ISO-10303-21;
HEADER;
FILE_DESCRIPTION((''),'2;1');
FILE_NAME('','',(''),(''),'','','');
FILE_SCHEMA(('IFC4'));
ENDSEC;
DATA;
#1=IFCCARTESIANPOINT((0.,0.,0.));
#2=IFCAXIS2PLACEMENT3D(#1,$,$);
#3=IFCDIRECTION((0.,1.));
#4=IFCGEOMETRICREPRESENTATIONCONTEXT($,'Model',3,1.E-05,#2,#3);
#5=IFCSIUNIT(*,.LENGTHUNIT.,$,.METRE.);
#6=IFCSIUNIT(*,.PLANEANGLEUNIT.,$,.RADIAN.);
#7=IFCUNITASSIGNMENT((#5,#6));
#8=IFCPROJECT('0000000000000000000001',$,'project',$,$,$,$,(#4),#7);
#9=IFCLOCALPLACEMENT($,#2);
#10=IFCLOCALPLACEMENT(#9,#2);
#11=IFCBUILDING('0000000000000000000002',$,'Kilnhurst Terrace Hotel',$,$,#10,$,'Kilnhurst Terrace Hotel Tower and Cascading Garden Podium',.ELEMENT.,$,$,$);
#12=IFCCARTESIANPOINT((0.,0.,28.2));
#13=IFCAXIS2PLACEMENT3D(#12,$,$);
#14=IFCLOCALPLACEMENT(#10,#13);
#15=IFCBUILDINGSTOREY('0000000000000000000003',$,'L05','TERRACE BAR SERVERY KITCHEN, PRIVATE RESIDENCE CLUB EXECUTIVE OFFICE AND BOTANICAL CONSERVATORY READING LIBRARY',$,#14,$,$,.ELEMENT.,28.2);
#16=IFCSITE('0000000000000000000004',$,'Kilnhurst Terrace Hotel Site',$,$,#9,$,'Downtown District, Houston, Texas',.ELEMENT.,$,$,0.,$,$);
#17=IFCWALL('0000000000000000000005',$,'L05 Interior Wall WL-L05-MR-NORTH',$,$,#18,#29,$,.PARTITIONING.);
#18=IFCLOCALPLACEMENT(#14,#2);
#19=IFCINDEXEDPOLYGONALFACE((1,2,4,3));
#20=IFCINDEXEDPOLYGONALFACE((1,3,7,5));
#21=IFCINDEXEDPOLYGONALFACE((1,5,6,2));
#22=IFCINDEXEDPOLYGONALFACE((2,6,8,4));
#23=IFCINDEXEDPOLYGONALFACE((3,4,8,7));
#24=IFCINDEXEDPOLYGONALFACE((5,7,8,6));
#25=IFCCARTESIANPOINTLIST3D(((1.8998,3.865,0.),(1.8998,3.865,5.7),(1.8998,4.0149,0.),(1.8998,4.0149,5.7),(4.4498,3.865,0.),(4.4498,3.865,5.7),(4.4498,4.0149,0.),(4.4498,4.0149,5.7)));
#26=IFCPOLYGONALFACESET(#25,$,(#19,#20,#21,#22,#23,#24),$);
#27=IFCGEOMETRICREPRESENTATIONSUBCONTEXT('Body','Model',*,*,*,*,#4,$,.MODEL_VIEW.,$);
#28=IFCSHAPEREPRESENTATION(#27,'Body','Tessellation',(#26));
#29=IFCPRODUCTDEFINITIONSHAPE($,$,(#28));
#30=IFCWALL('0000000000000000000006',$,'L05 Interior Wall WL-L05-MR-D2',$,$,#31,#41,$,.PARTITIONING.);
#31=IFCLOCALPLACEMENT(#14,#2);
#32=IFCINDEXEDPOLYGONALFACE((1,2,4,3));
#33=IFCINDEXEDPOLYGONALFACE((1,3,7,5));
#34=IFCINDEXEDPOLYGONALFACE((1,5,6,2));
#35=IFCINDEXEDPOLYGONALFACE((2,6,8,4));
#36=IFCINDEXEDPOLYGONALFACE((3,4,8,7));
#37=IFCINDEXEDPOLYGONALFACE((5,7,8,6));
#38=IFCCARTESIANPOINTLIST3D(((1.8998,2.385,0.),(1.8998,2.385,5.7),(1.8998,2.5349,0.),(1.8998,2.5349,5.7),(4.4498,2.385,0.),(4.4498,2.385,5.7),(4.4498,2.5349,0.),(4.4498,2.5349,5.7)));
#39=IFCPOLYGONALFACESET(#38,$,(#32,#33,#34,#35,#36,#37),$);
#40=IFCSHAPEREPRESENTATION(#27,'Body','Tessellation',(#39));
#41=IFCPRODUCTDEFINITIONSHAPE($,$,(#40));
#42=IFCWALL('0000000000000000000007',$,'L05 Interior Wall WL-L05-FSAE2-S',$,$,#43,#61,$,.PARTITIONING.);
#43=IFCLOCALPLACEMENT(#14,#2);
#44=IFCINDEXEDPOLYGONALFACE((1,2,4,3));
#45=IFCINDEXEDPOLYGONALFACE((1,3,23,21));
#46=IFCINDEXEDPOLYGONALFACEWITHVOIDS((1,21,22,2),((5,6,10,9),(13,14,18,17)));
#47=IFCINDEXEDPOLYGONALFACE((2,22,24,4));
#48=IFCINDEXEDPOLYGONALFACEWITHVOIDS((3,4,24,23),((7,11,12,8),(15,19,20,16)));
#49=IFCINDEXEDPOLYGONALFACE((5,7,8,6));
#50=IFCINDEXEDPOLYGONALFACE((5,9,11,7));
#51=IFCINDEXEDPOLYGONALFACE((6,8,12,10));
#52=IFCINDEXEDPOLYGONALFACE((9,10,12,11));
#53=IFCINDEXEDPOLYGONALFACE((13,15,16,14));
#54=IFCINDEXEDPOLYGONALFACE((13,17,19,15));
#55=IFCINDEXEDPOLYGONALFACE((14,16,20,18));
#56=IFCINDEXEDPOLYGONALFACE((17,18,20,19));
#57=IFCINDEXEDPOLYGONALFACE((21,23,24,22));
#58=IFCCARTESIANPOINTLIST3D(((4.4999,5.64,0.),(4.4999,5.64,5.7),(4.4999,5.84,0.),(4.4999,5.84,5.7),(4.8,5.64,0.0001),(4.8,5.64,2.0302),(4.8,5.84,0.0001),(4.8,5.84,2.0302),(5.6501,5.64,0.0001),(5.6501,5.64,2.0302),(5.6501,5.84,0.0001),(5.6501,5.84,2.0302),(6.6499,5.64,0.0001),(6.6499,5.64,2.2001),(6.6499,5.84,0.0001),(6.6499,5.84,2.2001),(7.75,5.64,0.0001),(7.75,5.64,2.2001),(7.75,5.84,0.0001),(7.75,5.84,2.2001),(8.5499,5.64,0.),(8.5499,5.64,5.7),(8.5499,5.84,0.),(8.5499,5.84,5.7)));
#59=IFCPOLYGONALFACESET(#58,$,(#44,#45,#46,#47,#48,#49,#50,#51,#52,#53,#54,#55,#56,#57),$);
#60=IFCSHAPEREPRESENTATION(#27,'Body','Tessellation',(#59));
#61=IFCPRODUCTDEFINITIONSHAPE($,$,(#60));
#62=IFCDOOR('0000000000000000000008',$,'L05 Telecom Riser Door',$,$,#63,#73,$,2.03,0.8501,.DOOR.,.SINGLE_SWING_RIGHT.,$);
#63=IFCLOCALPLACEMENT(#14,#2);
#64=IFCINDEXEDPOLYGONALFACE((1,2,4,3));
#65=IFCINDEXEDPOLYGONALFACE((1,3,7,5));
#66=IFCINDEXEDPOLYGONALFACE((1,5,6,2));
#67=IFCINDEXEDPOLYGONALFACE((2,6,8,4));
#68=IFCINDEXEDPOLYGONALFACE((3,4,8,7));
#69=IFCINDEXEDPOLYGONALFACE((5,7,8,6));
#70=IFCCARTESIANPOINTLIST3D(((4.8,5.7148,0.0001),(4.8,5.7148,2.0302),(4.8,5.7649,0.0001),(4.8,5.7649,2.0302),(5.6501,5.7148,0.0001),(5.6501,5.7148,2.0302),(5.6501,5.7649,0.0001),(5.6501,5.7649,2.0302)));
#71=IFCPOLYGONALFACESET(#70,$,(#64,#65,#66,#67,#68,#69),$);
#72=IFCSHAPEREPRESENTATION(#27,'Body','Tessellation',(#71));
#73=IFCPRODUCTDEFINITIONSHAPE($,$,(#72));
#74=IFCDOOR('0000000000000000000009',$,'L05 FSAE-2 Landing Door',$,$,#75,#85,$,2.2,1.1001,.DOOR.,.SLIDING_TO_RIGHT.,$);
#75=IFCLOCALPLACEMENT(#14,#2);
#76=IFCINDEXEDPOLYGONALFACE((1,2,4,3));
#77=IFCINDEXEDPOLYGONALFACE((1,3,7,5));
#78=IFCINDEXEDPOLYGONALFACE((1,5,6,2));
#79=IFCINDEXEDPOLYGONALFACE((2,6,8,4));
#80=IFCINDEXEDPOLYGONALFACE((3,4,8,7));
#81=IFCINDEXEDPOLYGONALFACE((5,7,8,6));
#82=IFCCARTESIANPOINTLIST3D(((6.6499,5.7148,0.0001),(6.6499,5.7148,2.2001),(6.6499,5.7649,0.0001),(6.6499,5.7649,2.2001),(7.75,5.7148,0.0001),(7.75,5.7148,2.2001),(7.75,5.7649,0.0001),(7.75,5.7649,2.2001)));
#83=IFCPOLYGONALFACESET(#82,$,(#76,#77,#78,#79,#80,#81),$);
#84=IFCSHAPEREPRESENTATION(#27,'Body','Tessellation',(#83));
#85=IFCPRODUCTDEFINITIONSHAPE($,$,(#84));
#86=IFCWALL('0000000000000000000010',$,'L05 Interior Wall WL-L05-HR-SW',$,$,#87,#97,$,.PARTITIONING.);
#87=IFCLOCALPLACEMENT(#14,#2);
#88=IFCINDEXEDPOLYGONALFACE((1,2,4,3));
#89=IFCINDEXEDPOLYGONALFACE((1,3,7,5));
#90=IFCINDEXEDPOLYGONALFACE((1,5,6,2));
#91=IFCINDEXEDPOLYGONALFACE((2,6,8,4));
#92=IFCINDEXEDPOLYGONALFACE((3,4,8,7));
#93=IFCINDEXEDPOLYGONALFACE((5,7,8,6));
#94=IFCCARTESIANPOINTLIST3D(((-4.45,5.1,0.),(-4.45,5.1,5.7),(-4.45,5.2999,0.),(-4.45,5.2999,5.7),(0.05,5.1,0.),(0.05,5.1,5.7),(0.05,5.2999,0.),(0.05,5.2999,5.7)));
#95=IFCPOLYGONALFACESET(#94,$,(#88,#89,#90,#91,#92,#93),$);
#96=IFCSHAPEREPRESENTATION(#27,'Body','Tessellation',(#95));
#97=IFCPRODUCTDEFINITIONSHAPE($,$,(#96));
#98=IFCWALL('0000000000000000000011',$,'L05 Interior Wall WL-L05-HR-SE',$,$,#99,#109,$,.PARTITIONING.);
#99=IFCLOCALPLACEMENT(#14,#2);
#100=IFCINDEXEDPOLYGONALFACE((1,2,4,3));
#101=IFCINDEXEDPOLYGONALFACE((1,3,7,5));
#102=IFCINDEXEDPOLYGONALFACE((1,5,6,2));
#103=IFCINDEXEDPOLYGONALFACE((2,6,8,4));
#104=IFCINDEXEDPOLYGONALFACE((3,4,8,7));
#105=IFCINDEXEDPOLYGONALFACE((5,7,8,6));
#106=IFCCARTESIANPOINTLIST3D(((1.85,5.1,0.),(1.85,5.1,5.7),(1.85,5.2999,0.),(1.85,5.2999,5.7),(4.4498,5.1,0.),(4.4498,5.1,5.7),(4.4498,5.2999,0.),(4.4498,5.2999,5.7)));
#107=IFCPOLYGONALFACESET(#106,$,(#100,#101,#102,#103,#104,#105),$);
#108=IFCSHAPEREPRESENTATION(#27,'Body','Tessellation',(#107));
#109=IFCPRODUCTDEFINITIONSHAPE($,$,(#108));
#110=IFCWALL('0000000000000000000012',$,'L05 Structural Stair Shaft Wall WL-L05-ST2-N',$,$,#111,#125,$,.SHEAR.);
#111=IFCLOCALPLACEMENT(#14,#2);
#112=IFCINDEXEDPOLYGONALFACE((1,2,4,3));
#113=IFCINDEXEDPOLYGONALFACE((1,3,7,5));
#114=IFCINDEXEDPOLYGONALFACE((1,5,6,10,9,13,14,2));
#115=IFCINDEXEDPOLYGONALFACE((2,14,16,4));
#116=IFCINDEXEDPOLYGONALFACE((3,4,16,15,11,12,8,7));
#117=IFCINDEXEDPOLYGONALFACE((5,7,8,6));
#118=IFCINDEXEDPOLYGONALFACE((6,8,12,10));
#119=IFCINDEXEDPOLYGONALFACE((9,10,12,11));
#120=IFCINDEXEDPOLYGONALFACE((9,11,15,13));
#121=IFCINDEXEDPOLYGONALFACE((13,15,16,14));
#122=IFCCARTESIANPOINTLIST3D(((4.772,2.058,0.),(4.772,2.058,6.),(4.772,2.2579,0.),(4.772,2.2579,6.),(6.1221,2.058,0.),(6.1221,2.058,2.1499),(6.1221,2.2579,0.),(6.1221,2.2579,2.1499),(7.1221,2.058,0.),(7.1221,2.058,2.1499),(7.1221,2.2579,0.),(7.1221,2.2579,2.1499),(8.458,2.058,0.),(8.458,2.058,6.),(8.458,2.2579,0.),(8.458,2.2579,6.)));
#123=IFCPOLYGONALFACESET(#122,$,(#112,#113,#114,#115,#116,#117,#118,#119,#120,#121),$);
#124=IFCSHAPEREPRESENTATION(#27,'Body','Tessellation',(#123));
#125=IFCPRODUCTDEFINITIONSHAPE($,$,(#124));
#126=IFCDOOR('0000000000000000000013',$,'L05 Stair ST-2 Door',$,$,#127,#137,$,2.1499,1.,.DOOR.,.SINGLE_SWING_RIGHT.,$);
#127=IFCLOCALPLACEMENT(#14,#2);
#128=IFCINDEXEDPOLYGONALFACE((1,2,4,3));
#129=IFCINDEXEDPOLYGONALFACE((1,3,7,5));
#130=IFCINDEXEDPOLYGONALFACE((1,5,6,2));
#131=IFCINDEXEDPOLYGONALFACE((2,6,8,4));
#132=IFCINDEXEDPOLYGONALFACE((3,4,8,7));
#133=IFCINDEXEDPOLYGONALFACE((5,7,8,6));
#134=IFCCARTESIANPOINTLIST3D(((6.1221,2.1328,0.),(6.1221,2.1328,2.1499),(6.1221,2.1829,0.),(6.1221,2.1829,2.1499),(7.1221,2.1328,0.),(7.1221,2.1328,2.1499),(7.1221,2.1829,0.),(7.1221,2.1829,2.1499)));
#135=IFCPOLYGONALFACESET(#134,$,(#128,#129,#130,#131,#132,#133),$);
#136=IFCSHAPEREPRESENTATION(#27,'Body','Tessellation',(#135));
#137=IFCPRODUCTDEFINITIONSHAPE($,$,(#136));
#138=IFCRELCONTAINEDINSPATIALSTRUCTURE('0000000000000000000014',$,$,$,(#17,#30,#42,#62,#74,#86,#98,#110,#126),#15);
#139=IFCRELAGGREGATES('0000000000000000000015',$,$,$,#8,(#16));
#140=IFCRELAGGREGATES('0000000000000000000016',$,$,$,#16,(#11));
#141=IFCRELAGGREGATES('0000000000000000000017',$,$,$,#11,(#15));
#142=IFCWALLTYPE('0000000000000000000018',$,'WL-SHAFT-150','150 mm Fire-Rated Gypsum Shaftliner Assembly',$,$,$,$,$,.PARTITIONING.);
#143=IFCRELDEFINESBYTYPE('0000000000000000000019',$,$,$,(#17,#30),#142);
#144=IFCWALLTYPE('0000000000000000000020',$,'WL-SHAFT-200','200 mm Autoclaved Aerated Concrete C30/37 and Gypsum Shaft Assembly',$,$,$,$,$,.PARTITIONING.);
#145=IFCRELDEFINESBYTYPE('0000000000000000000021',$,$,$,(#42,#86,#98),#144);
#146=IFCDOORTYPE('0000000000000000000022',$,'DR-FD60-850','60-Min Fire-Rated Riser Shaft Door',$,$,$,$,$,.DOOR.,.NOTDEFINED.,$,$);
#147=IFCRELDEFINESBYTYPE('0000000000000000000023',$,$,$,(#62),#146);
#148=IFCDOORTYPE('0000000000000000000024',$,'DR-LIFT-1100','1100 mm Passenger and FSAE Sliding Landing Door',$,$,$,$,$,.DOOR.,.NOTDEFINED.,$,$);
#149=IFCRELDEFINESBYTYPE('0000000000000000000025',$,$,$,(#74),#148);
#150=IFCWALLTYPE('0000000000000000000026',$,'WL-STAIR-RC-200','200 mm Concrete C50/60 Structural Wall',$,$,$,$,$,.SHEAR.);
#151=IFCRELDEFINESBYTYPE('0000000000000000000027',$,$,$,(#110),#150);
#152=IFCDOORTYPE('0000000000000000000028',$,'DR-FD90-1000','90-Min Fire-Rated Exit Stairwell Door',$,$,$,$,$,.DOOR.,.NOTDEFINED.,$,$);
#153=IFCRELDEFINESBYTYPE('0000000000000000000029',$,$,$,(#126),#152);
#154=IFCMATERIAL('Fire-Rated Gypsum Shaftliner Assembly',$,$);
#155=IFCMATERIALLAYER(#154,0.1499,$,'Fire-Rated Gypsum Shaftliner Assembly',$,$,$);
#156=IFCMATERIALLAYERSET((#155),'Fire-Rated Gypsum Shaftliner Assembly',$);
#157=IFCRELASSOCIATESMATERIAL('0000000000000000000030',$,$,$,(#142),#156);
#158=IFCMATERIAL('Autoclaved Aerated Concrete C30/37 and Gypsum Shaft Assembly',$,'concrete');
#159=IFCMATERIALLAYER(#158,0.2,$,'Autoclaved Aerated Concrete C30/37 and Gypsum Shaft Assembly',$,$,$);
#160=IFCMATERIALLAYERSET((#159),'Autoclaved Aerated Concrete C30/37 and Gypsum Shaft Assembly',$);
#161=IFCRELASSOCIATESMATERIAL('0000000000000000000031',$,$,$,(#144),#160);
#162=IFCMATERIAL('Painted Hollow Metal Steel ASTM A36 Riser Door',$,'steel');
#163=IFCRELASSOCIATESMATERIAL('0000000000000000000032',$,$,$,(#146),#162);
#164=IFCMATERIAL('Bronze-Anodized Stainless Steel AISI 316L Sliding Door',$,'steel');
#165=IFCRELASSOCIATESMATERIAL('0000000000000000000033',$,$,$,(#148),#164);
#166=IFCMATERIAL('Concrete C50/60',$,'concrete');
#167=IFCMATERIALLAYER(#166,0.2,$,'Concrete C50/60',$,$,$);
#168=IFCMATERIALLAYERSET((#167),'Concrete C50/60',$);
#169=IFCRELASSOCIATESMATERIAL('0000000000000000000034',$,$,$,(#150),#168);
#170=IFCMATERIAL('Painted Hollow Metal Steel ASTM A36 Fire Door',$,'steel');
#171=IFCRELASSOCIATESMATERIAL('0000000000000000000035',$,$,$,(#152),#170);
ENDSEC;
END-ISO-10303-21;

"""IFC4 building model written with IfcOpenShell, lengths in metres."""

from ifc_helpers import new_model, si_unit, direction, frame, frame_2d, origin, place, context, subcontext, project, spatial, rectangle, extrude, material, layer, layer_set, type_object, element, fill, save


model = new_model("IFC4")

# Units and contexts
model_context = context("Model", 3, precision=1e-05, world=origin(), true_north=direction((0.0, 1.0)))
body_context = subcontext(model_context, "Body", "Model", "MODEL_VIEW")
ifc_project = project(units=[si_unit("LENGTHUNIT", "METRE"), si_unit("PLANEANGLEUNIT", "RADIAN")], contexts=[model_context])

# Site, building, storey
site_placement = place(None, origin())
site = spatial("IfcSite", under=ifc_project, at=site_placement, Name="Kilnhurst Terrace Hotel Site", LongName="Downtown District, Houston, Texas", CompositionType="ELEMENT", RefElevation=0.0)
building_placement = place(site_placement, origin())
building = spatial("IfcBuilding", under=site, at=building_placement, Name="Kilnhurst Terrace Hotel", LongName="Kilnhurst Terrace Hotel Tower and Cascading Garden Podium", CompositionType="ELEMENT")
storey_placement = place(building_placement, frame((0.0, 0.0, 28.2)))
storey = spatial("IfcBuildingStorey", under=building, at=storey_placement, Name="L05", Description="TERRACE BAR SERVERY KITCHEN, PRIVATE RESIDENCE CLUB EXECUTIVE OFFICE AND BOTANICAL CONSERVATORY READING LIBRARY", CompositionType="ELEMENT", Elevation=28.2)

# Shared definitions
ifc_material_1 = material(Name="Concrete C50/60", Category="concrete")

# Walls
ifc_material_2 = material(Name="Fire-Rated Gypsum Shaftliner Assembly")
ifc_layer_1 = layer(ifc_material_2, 0.1499, Name="Fire-Rated Gypsum Shaftliner Assembly")
ifc_layer_set_1 = layer_set([ifc_layer_1], Name="Fire-Rated Gypsum Shaftliner Assembly")
wall_type_1 = type_object("IfcWallType", Name="WL-SHAFT-150", Description="150 mm Fire-Rated Gypsum Shaftliner Assembly", PredefinedType="PARTITIONING", material=ifc_layer_set_1)
for number, where, z_axis, x_axis, name in (
    (1, (1.8999, 3.9399, 0.0), (0.0, 0.0, 1.0), (1.0, 0.0, 0.0), "L05 Interior Wall WL-L05-MR-NORTH"),
    (2, (1.8999, 2.46, 0.0), (0.0, 0.0, 1.0), (1.0, 0.0, 0.0), "L05 Interior Wall WL-L05-MR-D2"),
):
    element("IfcWall", number, at=place(storey_placement, frame(where, z_axis=z_axis, x_axis=x_axis)), inside=storey, type_object=wall_type_1, Name=name, PredefinedType="PARTITIONING", context=body_context, shape_type="SweptSolid", body=[
        extrude(rectangle(XDim=2.55, YDim=0.1499, at=frame_2d((1.2749, 0.0))), origin(), (0.0, 0.0, 1.0), 5.7),
    ])

# Wall, openings, doors
ifc_material_3 = material(Name="Autoclaved Aerated Concrete C30/37 and Gypsum Shaft Assembly", Category="concrete")
ifc_layer_2 = layer(ifc_material_3, 0.2, Name="Autoclaved Aerated Concrete C30/37 and Gypsum Shaft Assembly")
ifc_layer_set_2 = layer_set([ifc_layer_2], Name="Autoclaved Aerated Concrete C30/37 and Gypsum Shaft Assembly")
wall_type_2 = type_object("IfcWallType", Name="WL-SHAFT-200", Description="200 mm Autoclaved Aerated Concrete C30/37 and Gypsum Shaft Assembly", PredefinedType="PARTITIONING", material=ifc_layer_set_2)
wall_1_placement = place(storey_placement, frame((4.5, 5.74, 0.0), z_axis=(0.0, 0.0, 1.0), x_axis=(1.0, 0.0, 0.0)))
wall_1 = element("IfcWall", 3, at=wall_1_placement, inside=storey, type_object=wall_type_2, Name="L05 Interior Wall WL-L05-FSAE2-S", PredefinedType="PARTITIONING", context=body_context, shape_type="SweptSolid", body=[
    extrude(rectangle(XDim=4.05, YDim=0.2, at=frame_2d((2.0249, 0.0))), origin(), (0.0, 0.0, 1.0), 5.7),
])
opening_1_placement = place(wall_1_placement, frame((0.3, 0.0, 0.0)))
opening_1 = element("IfcOpeningElement", 4, at=opening_1_placement, cuts=wall_1, PredefinedType="OPENING", context=body_context, shape_type="SweptSolid", body=[
    extrude(rectangle(XDim=0.8501, YDim=2.03, at=frame_2d((0.425, 1.0151))), frame((0.0, 0.1099, 0.0), z_axis=(0.0, -1.0, 0.0), x_axis=(1.0, 0.0, 0.0)), (0.0, 0.0, 1.0), 0.22),
])
opening_2_placement = place(wall_1_placement, frame((2.1499, 0.0, 0.0)))
opening_2 = element("IfcOpeningElement", 5, at=opening_2_placement, cuts=wall_1, PredefinedType="OPENING", context=body_context, shape_type="SweptSolid", body=[
    extrude(rectangle(XDim=1.1001, YDim=2.2, at=frame_2d((0.55, 1.1001))), frame((0.0, 0.1099, 0.0), z_axis=(0.0, -1.0, 0.0), x_axis=(1.0, 0.0, 0.0)), (0.0, 0.0, 1.0), 0.22),
])
ifc_material_4 = material(Name="Painted Hollow Metal Steel ASTM A36 Riser Door", Category="steel")
door_type_1 = type_object("IfcDoorType", Name="DR-FD60-850", Description="60-Min Fire-Rated Riser Shaft Door", OperationType="NOTDEFINED", PredefinedType="DOOR", material=ifc_material_4)
door_1_placement = place(opening_1_placement, origin())
door_1 = element("IfcDoor", 6, at=door_1_placement, inside=storey, type_object=door_type_1, Name="L05 Telecom Riser Door", OperationType="SINGLE_SWING_RIGHT", OverallHeight=2.03, OverallWidth=0.8501, PredefinedType="DOOR", context=body_context, shape_type="SweptSolid", body=[
    extrude(rectangle(XDim=0.8501, YDim=2.03, at=frame_2d((0.425, 1.0151))), frame((0.0, 0.0249, 0.0), z_axis=(0.0, -1.0, 0.0), x_axis=(1.0, 0.0, 0.0)), (0.0, 0.0, 1.0), 0.05),
])
fill(opening_1, door_1)
ifc_material_5 = material(Name="Bronze-Anodized Stainless Steel AISI 316L Sliding Door", Category="steel")
door_type_2 = type_object("IfcDoorType", Name="DR-LIFT-1100", Description="1100 mm Passenger and FSAE Sliding Landing Door", OperationType="NOTDEFINED", PredefinedType="DOOR", material=ifc_material_5)
door_2_placement = place(opening_2_placement, origin())
door_2 = element("IfcDoor", 7, at=door_2_placement, inside=storey, type_object=door_type_2, Name="L05 FSAE-2 Landing Door", OperationType="SLIDING_TO_RIGHT", OverallHeight=2.2, OverallWidth=1.1001, PredefinedType="DOOR", context=body_context, shape_type="SweptSolid", body=[
    extrude(rectangle(XDim=1.1001, YDim=2.2, at=frame_2d((0.55, 1.1001))), frame((0.0, 0.0249, 0.0), z_axis=(0.0, -1.0, 0.0), x_axis=(1.0, 0.0, 0.0)), (0.0, 0.0, 1.0), 0.05),
])
fill(opening_2, door_2)

# Walls
wall_2_placement = place(storey_placement, frame((-4.45, 5.2, 0.0), z_axis=(0.0, 0.0, 1.0), x_axis=(1.0, 0.0, 0.0)))
element("IfcWall", 8, at=wall_2_placement, inside=storey, type_object=wall_type_2, Name="L05 Interior Wall WL-L05-HR-SW", PredefinedType="PARTITIONING", context=body_context, shape_type="SweptSolid", body=[
    extrude(rectangle(XDim=4.5, YDim=0.2, at=frame_2d((2.25, 0.0))), origin(), (0.0, 0.0, 1.0), 5.7),
])
wall_3_placement = place(storey_placement, frame((1.8501, 5.2, 0.0), z_axis=(0.0, 0.0, 1.0), x_axis=(1.0, 0.0, 0.0)))
element("IfcWall", 9, at=wall_3_placement, inside=storey, type_object=wall_type_2, Name="L05 Interior Wall WL-L05-HR-SE", PredefinedType="PARTITIONING", context=body_context, shape_type="SweptSolid", body=[
    extrude(rectangle(XDim=2.5999, YDim=0.2, at=frame_2d((1.2998, 0.0))), origin(), (0.0, 0.0, 1.0), 5.7),
])

# Wall, opening, door
ifc_layer_3 = layer(ifc_material_1, 0.2, Name="Concrete C50/60")
ifc_layer_set_3 = layer_set([ifc_layer_3], Name="Concrete C50/60")
wall_type_3 = type_object("IfcWallType", Name="WL-STAIR-RC-200", Description="200 mm Concrete C50/60 Structural Wall", PredefinedType="SHEAR", material=ifc_layer_set_3)
wall_4_placement = place(storey_placement, frame((4.772, 2.158, 0.0), z_axis=(0.0, 0.0, 1.0), x_axis=(1.0, 0.0, 0.0)))
wall_4 = element("IfcWall", 10, at=wall_4_placement, inside=storey, type_object=wall_type_3, Name="L05 Structural Stair Shaft Wall WL-L05-ST2-N", PredefinedType="SHEAR", context=body_context, shape_type="SweptSolid", body=[
    extrude(rectangle(XDim=3.686, YDim=0.2, at=frame_2d((1.843, 0.0))), origin(), (0.0, 0.0, 1.0), 6.0),
])
opening_3_placement = place(wall_4_placement, frame((1.3501, 0.0, 0.0)))
opening_3 = element("IfcOpeningElement", 11, at=opening_3_placement, cuts=wall_4, PredefinedType="OPENING", context=body_context, shape_type="SweptSolid", body=[
    extrude(rectangle(XDim=1.0, YDim=2.1499, at=frame_2d((0.5, 1.075))), frame((0.0, 0.1099, 0.0), z_axis=(0.0, -1.0, 0.0), x_axis=(1.0, 0.0, 0.0)), (0.0, 0.0, 1.0), 0.22),
])
ifc_material_6 = material(Name="Painted Hollow Metal Steel ASTM A36 Fire Door", Category="steel")
door_type_3 = type_object("IfcDoorType", Name="DR-FD90-1000", Description="90-Min Fire-Rated Exit Stairwell Door", OperationType="NOTDEFINED", PredefinedType="DOOR", material=ifc_material_6)
door_3_placement = place(opening_3_placement, origin())
door_3 = element("IfcDoor", 12, at=door_3_placement, inside=storey, type_object=door_type_3, Name="L05 Stair ST-2 Door", OperationType="SINGLE_SWING_RIGHT", OverallHeight=2.1499, OverallWidth=1.0, PredefinedType="DOOR", context=body_context, shape_type="SweptSolid", body=[
    extrude(rectangle(XDim=1.0, YDim=2.1499, at=frame_2d((0.5, 1.075))), frame((0.0, 0.0249, 0.0), z_axis=(0.0, -1.0, 0.0), x_axis=(1.0, 0.0, 0.0)), (0.0, 0.0, 1.0), 0.05),
])
fill(opening_3, door_3)

save(model, "model.ifc")
